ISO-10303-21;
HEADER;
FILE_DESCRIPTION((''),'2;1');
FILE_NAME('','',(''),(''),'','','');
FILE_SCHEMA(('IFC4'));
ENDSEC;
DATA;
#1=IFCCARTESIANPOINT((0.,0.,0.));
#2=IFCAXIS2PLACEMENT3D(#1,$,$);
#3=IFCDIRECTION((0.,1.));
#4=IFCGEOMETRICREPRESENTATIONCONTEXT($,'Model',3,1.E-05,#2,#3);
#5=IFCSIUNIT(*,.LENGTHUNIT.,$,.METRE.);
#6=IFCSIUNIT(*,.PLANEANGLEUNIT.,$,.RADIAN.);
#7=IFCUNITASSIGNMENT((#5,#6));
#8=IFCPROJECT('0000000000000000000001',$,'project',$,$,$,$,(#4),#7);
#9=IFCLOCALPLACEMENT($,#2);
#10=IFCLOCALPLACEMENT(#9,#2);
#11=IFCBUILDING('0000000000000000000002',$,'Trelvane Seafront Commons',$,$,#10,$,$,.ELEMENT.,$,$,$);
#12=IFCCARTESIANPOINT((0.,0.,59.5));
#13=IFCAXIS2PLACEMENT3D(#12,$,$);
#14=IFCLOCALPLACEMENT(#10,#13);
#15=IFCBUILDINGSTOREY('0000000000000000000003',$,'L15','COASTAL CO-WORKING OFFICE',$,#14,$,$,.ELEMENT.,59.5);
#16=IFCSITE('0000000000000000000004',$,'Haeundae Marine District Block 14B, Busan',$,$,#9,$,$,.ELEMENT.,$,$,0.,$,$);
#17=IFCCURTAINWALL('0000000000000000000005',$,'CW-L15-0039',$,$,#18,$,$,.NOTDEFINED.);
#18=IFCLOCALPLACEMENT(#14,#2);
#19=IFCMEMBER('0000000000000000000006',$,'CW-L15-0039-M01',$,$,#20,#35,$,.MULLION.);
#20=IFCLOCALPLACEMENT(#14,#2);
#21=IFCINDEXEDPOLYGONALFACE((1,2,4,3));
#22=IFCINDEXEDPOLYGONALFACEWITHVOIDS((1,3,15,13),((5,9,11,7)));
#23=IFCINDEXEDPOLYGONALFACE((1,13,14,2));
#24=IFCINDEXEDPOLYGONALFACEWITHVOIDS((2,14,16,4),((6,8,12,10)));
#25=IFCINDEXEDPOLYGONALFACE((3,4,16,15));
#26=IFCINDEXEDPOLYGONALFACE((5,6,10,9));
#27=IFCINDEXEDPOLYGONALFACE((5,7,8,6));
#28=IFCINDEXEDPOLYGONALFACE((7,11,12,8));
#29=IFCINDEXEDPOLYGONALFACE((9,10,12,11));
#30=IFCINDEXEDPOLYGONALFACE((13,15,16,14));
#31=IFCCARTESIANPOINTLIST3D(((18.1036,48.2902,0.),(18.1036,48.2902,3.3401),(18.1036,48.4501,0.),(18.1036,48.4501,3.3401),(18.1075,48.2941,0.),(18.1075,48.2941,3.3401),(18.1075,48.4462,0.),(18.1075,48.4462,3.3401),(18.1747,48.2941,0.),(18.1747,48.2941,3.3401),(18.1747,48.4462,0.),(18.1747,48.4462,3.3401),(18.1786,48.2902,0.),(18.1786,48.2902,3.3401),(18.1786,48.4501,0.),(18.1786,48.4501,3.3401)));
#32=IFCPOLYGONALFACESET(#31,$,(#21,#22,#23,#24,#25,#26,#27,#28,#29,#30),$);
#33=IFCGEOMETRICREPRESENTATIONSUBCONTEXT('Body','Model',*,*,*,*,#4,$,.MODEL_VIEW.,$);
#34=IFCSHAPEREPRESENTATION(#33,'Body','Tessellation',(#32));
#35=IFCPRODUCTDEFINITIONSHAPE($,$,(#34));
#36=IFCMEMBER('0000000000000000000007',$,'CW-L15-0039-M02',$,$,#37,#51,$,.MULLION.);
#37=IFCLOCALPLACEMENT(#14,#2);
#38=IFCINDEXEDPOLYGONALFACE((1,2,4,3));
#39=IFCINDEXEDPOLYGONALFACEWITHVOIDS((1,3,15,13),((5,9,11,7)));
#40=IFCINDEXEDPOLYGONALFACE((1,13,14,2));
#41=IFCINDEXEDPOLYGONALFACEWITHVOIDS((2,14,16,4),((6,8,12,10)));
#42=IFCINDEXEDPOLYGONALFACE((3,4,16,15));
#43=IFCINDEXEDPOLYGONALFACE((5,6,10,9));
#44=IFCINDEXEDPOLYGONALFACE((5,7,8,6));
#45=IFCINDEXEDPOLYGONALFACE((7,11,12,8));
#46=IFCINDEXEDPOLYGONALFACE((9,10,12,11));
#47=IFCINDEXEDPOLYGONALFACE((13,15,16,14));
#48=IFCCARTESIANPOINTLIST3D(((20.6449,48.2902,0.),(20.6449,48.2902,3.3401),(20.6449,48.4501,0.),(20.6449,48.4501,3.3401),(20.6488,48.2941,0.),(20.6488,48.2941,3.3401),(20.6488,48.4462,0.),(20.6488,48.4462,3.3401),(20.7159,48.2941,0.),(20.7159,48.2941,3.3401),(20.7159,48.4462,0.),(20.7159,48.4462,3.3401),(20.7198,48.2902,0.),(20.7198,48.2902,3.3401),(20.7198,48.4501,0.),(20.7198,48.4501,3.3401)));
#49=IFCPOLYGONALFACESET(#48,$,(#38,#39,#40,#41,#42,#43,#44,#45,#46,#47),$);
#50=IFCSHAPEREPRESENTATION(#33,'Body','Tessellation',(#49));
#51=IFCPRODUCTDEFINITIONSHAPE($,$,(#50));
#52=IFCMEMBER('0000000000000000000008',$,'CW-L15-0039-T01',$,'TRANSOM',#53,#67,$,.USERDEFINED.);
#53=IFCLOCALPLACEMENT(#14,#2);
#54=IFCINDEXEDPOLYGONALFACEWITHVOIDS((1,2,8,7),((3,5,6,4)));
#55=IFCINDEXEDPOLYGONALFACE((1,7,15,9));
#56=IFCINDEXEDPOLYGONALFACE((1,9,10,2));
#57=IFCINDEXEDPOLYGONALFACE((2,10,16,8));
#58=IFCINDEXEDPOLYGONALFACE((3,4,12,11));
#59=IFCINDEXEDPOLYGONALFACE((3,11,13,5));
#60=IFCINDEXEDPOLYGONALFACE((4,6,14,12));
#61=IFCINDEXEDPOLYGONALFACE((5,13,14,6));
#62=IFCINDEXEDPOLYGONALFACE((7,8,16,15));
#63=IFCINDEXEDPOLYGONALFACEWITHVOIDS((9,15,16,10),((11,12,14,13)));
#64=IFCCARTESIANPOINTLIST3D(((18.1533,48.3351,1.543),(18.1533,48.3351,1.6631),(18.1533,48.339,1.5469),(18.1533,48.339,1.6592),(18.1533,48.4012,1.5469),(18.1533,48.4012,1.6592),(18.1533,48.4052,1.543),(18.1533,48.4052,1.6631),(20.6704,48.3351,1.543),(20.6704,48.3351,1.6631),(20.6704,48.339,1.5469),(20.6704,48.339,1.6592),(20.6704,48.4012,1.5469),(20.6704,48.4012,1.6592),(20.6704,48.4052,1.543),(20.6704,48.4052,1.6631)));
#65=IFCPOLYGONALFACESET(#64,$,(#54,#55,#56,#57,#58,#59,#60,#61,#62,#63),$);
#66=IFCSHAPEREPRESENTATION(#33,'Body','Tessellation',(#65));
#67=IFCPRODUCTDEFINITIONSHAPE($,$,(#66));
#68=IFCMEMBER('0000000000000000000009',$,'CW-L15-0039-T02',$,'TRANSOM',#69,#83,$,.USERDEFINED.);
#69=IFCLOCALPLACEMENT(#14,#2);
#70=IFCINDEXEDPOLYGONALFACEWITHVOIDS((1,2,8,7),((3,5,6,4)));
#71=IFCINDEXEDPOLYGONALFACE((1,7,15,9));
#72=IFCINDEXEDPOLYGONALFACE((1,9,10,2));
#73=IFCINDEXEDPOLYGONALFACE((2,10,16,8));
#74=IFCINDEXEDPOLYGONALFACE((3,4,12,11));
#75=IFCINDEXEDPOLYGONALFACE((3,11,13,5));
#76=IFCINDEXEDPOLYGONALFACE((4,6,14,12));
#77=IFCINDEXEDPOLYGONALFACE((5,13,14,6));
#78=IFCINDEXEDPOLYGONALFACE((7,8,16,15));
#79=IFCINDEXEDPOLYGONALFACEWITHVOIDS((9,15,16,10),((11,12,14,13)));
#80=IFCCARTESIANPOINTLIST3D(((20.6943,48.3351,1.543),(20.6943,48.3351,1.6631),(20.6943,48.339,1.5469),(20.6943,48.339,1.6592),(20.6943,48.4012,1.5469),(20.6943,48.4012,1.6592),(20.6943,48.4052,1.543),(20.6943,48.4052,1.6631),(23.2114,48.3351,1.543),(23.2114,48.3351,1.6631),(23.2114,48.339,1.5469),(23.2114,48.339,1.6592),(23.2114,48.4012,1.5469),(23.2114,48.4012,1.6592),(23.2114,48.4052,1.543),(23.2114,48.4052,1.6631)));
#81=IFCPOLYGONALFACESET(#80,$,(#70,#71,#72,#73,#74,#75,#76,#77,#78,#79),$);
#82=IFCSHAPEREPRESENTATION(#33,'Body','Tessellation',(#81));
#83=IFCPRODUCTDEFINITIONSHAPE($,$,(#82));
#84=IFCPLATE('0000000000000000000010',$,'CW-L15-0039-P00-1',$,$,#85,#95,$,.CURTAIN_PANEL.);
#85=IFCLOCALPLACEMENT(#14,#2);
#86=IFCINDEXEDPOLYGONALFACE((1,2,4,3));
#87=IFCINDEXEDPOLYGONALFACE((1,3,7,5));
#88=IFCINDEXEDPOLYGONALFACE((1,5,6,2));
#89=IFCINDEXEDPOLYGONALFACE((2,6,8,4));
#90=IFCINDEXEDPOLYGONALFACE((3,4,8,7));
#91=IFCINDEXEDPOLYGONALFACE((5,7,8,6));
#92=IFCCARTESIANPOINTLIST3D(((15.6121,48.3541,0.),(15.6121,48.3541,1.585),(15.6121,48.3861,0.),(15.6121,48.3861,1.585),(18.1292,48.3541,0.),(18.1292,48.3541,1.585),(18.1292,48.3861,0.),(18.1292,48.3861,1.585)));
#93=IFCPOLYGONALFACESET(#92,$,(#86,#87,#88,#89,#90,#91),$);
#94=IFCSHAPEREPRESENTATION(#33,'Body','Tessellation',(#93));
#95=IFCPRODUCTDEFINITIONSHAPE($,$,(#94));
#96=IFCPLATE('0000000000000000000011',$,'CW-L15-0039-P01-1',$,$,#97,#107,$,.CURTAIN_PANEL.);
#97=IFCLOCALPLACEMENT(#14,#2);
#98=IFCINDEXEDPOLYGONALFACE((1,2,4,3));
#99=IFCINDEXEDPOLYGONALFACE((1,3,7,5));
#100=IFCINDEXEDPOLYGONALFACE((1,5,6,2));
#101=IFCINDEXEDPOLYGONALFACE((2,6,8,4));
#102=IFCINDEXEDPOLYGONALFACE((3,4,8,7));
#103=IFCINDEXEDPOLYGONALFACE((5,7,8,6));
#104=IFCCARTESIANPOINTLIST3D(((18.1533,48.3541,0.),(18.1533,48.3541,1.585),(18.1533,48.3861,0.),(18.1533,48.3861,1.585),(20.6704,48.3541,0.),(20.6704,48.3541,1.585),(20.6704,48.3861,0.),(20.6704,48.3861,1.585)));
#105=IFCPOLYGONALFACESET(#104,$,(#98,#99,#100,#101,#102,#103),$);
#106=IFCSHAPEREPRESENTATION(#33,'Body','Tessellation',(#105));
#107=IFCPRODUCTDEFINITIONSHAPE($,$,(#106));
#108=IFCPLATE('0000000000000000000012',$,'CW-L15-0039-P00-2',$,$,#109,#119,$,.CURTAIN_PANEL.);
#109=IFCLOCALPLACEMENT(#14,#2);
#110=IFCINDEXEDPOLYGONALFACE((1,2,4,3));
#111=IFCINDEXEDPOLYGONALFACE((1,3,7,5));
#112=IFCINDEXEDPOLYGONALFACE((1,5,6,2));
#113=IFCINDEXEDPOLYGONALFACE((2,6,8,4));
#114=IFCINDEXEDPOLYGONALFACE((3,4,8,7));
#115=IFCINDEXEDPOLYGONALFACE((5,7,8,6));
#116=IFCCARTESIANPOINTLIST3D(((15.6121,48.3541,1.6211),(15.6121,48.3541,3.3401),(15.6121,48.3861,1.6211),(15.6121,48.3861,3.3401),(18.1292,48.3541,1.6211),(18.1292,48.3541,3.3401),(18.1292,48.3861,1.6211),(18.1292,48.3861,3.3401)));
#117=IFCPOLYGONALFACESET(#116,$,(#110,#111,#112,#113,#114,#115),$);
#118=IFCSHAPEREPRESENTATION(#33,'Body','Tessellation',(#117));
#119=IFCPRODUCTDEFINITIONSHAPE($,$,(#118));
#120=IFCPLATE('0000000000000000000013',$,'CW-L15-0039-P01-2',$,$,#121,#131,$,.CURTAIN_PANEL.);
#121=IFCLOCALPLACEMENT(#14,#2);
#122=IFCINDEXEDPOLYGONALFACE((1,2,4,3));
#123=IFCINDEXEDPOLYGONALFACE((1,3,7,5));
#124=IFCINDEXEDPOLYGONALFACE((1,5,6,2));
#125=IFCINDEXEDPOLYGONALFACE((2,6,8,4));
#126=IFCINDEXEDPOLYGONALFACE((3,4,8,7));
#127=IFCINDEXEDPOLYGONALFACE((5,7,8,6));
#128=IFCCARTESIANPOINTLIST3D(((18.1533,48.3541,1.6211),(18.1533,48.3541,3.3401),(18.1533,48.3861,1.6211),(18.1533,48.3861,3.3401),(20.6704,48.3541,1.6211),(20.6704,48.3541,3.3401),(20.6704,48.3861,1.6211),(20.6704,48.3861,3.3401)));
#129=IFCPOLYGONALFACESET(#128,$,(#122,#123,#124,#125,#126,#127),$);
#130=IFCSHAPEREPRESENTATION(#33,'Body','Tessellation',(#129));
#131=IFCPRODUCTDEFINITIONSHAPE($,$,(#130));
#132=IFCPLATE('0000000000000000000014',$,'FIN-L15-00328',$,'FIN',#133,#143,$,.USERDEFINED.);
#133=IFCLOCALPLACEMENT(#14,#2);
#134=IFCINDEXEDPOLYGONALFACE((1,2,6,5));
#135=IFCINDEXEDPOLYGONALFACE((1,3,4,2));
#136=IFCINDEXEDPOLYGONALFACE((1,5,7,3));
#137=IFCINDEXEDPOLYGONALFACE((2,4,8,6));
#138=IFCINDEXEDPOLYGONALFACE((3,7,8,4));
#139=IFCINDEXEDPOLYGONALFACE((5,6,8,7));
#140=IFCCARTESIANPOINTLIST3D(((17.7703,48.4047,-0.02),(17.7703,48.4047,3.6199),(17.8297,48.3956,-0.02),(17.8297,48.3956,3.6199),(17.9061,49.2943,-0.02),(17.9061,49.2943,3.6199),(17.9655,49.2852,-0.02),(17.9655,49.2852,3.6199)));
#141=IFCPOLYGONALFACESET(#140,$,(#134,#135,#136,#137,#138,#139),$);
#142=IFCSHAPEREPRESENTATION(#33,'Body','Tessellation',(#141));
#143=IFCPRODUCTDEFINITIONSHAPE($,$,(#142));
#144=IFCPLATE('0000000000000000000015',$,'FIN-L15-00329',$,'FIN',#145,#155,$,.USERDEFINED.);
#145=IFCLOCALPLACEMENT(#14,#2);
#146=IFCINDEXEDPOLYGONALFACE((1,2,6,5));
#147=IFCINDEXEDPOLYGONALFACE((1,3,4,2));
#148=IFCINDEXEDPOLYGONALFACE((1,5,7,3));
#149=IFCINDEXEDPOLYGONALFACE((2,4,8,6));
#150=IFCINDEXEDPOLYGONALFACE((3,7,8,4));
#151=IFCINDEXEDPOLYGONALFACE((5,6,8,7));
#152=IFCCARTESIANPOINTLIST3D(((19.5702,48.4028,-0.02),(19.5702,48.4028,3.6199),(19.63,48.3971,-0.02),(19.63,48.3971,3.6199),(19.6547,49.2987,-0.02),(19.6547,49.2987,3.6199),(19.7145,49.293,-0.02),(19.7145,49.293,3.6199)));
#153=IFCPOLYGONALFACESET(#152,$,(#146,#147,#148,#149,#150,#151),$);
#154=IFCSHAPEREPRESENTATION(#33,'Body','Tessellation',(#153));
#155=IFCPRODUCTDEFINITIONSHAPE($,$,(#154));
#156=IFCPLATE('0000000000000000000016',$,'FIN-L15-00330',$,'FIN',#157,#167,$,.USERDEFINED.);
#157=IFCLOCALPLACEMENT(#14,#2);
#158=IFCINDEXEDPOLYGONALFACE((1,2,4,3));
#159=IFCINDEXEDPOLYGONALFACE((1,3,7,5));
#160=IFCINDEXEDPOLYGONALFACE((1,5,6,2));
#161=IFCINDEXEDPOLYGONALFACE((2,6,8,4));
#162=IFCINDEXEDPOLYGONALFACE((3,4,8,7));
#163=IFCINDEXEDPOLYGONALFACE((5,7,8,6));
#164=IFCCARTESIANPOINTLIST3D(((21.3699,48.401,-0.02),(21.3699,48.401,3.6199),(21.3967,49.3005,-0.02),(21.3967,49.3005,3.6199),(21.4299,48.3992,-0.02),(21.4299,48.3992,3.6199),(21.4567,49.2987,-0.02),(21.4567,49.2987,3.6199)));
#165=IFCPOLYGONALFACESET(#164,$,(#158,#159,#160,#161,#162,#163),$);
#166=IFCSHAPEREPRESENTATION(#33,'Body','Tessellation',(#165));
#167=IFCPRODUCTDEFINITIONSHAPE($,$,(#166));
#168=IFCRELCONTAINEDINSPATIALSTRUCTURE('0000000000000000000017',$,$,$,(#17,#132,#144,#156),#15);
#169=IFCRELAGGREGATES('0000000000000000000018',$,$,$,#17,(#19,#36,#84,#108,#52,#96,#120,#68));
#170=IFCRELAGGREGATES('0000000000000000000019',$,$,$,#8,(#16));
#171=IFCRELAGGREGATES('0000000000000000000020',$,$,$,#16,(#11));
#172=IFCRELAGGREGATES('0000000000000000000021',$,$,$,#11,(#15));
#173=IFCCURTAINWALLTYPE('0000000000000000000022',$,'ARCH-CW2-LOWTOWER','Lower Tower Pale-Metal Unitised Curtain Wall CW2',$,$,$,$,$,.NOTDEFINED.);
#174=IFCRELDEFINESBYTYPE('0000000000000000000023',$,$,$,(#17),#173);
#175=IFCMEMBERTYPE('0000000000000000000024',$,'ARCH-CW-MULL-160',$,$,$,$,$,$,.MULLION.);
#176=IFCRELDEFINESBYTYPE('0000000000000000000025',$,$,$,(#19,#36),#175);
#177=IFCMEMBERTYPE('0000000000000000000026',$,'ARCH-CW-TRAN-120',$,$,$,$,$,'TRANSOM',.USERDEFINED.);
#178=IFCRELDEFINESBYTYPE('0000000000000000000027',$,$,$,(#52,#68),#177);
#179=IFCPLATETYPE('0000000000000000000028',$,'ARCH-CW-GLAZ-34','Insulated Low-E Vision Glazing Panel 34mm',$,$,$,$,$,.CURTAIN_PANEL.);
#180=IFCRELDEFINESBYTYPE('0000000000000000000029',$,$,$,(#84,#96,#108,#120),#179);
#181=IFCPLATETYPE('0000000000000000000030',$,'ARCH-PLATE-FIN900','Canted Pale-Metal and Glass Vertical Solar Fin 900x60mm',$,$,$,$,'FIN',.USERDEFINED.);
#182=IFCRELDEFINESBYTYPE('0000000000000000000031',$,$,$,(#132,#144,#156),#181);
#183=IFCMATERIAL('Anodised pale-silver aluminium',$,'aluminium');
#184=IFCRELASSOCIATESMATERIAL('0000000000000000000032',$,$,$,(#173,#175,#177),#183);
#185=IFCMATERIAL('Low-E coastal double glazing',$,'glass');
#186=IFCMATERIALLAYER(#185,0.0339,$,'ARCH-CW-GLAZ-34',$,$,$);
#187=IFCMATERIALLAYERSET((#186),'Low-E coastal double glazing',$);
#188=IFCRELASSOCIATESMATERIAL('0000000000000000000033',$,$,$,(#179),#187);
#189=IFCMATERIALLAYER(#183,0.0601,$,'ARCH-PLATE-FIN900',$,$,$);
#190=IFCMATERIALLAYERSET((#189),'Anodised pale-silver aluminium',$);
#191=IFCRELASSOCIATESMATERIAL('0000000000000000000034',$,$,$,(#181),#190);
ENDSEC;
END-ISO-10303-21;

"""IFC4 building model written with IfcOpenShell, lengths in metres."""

from ifc_helpers import new_model, si_unit, direction, frame, origin, origin_2d, place, context, subcontext, project, spatial, rectangle, hollow_rectangle, extrude, source, transform, mapped, material, layer, layer_set, material_profile, profile_set, type_object, element, aggregate, save


model = new_model("IFC4")

# Units and contexts
model_context = context("Model", 3, precision=1e-05, world=origin(), true_north=direction((0.0, 1.0)))
body_context = subcontext(model_context, "Body", "Model", "MODEL_VIEW")
ifc_project = project(units=[si_unit("LENGTHUNIT", "METRE"), si_unit("PLANEANGLEUNIT", "RADIAN")], contexts=[model_context])

# Site, building, storey
site_placement = place(None, origin())
site = spatial("IfcSite", under=ifc_project, at=site_placement, Name="Haeundae Marine District Block 14B, Busan", CompositionType="ELEMENT", RefElevation=0.0)
building_placement = place(site_placement, origin())
building = spatial("IfcBuilding", under=site, at=building_placement, Name="Trelvane Seafront Commons", CompositionType="ELEMENT")
storey_placement = place(building_placement, frame((0.0, 0.0, 59.5)))
storey = spatial("IfcBuildingStorey", under=building, at=storey_placement, Name="L15", Description="COASTAL CO-WORKING OFFICE", CompositionType="ELEMENT", Elevation=59.5)

# Curtain wall, members, plates
ifc_material_1 = material(Name="Anodised pale-silver aluminium", Category="aluminium")
curtain_wall_type = type_object("IfcCurtainWallType", Name="ARCH-CW2-LOWTOWER", Description="Lower Tower Pale-Metal Unitised Curtain Wall CW2", PredefinedType="NOTDEFINED", material=ifc_material_1)
curtain_wall_placement = place(storey_placement, origin())
curtain_wall = element("IfcCurtainWall", 1, at=curtain_wall_placement, inside=storey, type_object=curtain_wall_type, Name="CW-L15-0039", PredefinedType="NOTDEFINED")
ifc_material_profile_1 = material_profile(ifc_material_1, hollow_rectangle(XDim=0.075, YDim=0.1599, WallThickness=0.0039, at=origin_2d()), Name="MULL-75x160x4")
ifc_profile_set_1 = profile_set([ifc_material_profile_1], Name="Anodised pale-silver aluminium")
member_type_1 = type_object("IfcMemberType", Name="ARCH-CW-MULL-160", PredefinedType="MULLION", material=ifc_profile_set_1)
shared_shape_1 = source(origin(), body_context, "Body", "SweptSolid", [
    extrude(hollow_rectangle(XDim=0.075, YDim=0.1599, WallThickness=0.0039, at=origin_2d()), origin(), (0.0, 0.0, 1.0), 3.3401),
])
member_1_placement = place(storey_placement, frame((18.1411, 48.3701, 0.0), z_axis=(0.0, 0.0, 1.0), x_axis=(1.0, 0.0, 0.0)))
member_1 = element("IfcMember", 2, at=member_1_placement, type_object=member_type_1, Name="CW-L15-0039-M01", PredefinedType="MULLION", context=body_context, shape_type="MappedRepresentation", body=[
    mapped(shared_shape_1, transform((0.0, 0.0, 0.0), x_axis=(1.0, 0.0, 0.0), y_axis=(0.0, 1.0, 0.0), z_axis=(0.0, 0.0, 1.0), scale=1.0)),
])
member_2_placement = place(storey_placement, frame((20.6824, 48.3701, 0.0), z_axis=(0.0, 0.0, 1.0), x_axis=(1.0, 0.0, 0.0)))
member_2 = element("IfcMember", 3, at=member_2_placement, type_object=member_type_1, Name="CW-L15-0039-M02", PredefinedType="MULLION", context=body_context, shape_type="MappedRepresentation", body=[
    mapped(shared_shape_1, transform((0.0, 0.0, 0.0), x_axis=(1.0, 0.0, 0.0), y_axis=(0.0, 1.0, 0.0), z_axis=(0.0, 0.0, 1.0), scale=1.0)),
])
ifc_material_profile_2 = material_profile(ifc_material_1, hollow_rectangle(XDim=0.0701, YDim=0.1201, WallThickness=0.0039, at=origin_2d()), Name="TRAN-70x120x4")
ifc_profile_set_2 = profile_set([ifc_material_profile_2], Name="Anodised pale-silver aluminium")
member_type_2 = type_object("IfcMemberType", Name="ARCH-CW-TRAN-120", ElementType="TRANSOM", PredefinedType="USERDEFINED", material=ifc_profile_set_2)
shared_shape_2 = source(origin(), body_context, "Body", "SweptSolid", [
    extrude(hollow_rectangle(XDim=0.0701, YDim=0.1201, WallThickness=0.0039, at=origin_2d()), origin(), (0.0, 0.0, 1.0), 2.5171),
])
member_3_placement = place(storey_placement, frame((18.1533, 48.3701, 1.603), z_axis=(1.0, 0.0, 0.0), x_axis=(0.0, 1.0, 0.0)))
member_3 = element("IfcMember", 4, at=member_3_placement, type_object=member_type_2, Name="CW-L15-0039-T01", ObjectType="TRANSOM", PredefinedType="USERDEFINED", context=body_context, shape_type="MappedRepresentation", body=[
    mapped(shared_shape_2, transform((0.0, 0.0, 0.0), x_axis=(1.0, 0.0, 0.0), y_axis=(0.0, 1.0, 0.0), z_axis=(0.0, 0.0, 1.0), scale=1.0)),
])
member_4_placement = place(storey_placement, frame((20.6943, 48.3701, 1.603), z_axis=(1.0, 0.0, 0.0), x_axis=(0.0, 1.0, 0.0)))
member_4 = element("IfcMember", 5, at=member_4_placement, type_object=member_type_2, Name="CW-L15-0039-T02", ObjectType="TRANSOM", PredefinedType="USERDEFINED", context=body_context, shape_type="MappedRepresentation", body=[
    mapped(shared_shape_2, transform((0.0, 0.0, 0.0), x_axis=(1.0, 0.0, 0.0), y_axis=(0.0, 1.0, 0.0), z_axis=(0.0, 0.0, 1.0), scale=1.0)),
])
ifc_material_2 = material(Name="Low-E coastal double glazing", Category="glass")
ifc_layer_1 = layer(ifc_material_2, 0.0339, Name="ARCH-CW-GLAZ-34")
ifc_layer_set_1 = layer_set([ifc_layer_1], Name="Low-E coastal double glazing")
plate_type_1 = type_object("IfcPlateType", Name="ARCH-CW-GLAZ-34", Description="Insulated Low-E Vision Glazing Panel 34mm", PredefinedType="CURTAIN_PANEL", material=ifc_layer_set_1)
shared_shape_3 = source(origin(), body_context, "Body", "SweptSolid", [
    extrude(rectangle(XDim=2.5171, YDim=0.032, at=origin_2d()), origin(), (0.0, 0.0, 1.0), 1.585),
])
plate_1_placement = place(storey_placement, frame((16.8706, 48.3701, 0.0), z_axis=(0.0, 0.0, 1.0), x_axis=(1.0, 0.0, 0.0)))
plate_1 = element("IfcPlate", 6, at=plate_1_placement, type_object=plate_type_1, Name="CW-L15-0039-P00-1", PredefinedType="CURTAIN_PANEL", context=body_context, shape_type="MappedRepresentation", body=[
    mapped(shared_shape_3, transform((0.0, 0.0, 0.0), x_axis=(1.0, 0.0, 0.0), y_axis=(0.0, 1.0, 0.0), z_axis=(0.0, 0.0, 1.0), scale=1.0)),
])
plate_2_placement = place(storey_placement, frame((19.4119, 48.3701, 0.0), z_axis=(0.0, 0.0, 1.0), x_axis=(1.0, 0.0, 0.0)))
plate_2 = element("IfcPlate", 7, at=plate_2_placement, type_object=plate_type_1, Name="CW-L15-0039-P01-1", PredefinedType="CURTAIN_PANEL", context=body_context, shape_type="MappedRepresentation", body=[
    mapped(shared_shape_3, transform((0.0, 0.0, 0.0), x_axis=(1.0, 0.0, 0.0), y_axis=(0.0, 1.0, 0.0), z_axis=(0.0, 0.0, 1.0), scale=1.0)),
])
shared_shape_4 = source(origin(), body_context, "Body", "SweptSolid", [
    extrude(rectangle(XDim=2.5171, YDim=0.032, at=origin_2d()), origin(), (0.0, 0.0, 1.0), 1.719),
])
plate_3_placement = place(storey_placement, frame((16.8706, 48.3701, 1.6211), z_axis=(0.0, 0.0, 1.0), x_axis=(1.0, 0.0, 0.0)))
plate_3 = element("IfcPlate", 8, at=plate_3_placement, type_object=plate_type_1, Name="CW-L15-0039-P00-2", PredefinedType="CURTAIN_PANEL", context=body_context, shape_type="MappedRepresentation", body=[
    mapped(shared_shape_4, transform((0.0, 0.0, 0.0), x_axis=(1.0, 0.0, 0.0), y_axis=(0.0, 1.0, 0.0), z_axis=(0.0, 0.0, 1.0), scale=1.0)),
])
plate_4_placement = place(storey_placement, frame((19.4119, 48.3701, 1.6211), z_axis=(0.0, 0.0, 1.0), x_axis=(1.0, 0.0, 0.0)))
plate_4 = element("IfcPlate", 9, at=plate_4_placement, type_object=plate_type_1, Name="CW-L15-0039-P01-2", PredefinedType="CURTAIN_PANEL", context=body_context, shape_type="MappedRepresentation", body=[
    mapped(shared_shape_4, transform((0.0, 0.0, 0.0), x_axis=(1.0, 0.0, 0.0), y_axis=(0.0, 1.0, 0.0), z_axis=(0.0, 0.0, 1.0), scale=1.0)),
])
aggregate(curtain_wall, [member_1, member_2, plate_1, plate_3, member_3, plate_2, plate_4, member_4])

# Plates
ifc_layer_2 = layer(ifc_material_1, 0.0601, Name="ARCH-PLATE-FIN900")
ifc_layer_set_2 = layer_set([ifc_layer_2], Name="Anodised pale-silver aluminium")
plate_type_2 = type_object("IfcPlateType", Name="ARCH-PLATE-FIN900", Description="Canted Pale-Metal and Glass Vertical Solar Fin 900x60mm", ElementType="FIN", PredefinedType="USERDEFINED", material=ifc_layer_set_2)
shared_shape_5 = source(origin(), body_context, "Body", "SweptSolid", [
    extrude(rectangle(XDim=0.8999, YDim=0.0601, at=origin_2d()), origin(), (0.0, 0.0, 1.0), 3.6399),
])
for number, where, z_axis, x_axis, name in (
    (10, (17.8679, 48.845, -0.02), (0.0, 0.0, 1.0), (0.150888, 0.988551, 0.0), "FIN-L15-00328"),
    (11, (19.6423, 48.8479, -0.02), (0.0, 0.0, 1.0), (0.093891, 0.995582, 0.0), "FIN-L15-00329"),
    (12, (21.4133, 48.8499, -0.02), (0.0, 0.0, 1.0), (0.029778, 0.999557, 0.0), "FIN-L15-00330"),
):
    element("IfcPlate", number, at=place(storey_placement, frame(where, z_axis=z_axis, x_axis=x_axis)), inside=storey, type_object=plate_type_2, Name=name, ObjectType="FIN", PredefinedType="USERDEFINED", context=body_context, shape_type="MappedRepresentation", body=[
        mapped(shared_shape_5, transform((0.0, 0.0, 0.0), x_axis=(1.0, 0.0, 0.0), y_axis=(0.0, 1.0, 0.0), z_axis=(0.0, 0.0, 1.0), scale=1.0)),
    ])

save(model, "model.ifc")
